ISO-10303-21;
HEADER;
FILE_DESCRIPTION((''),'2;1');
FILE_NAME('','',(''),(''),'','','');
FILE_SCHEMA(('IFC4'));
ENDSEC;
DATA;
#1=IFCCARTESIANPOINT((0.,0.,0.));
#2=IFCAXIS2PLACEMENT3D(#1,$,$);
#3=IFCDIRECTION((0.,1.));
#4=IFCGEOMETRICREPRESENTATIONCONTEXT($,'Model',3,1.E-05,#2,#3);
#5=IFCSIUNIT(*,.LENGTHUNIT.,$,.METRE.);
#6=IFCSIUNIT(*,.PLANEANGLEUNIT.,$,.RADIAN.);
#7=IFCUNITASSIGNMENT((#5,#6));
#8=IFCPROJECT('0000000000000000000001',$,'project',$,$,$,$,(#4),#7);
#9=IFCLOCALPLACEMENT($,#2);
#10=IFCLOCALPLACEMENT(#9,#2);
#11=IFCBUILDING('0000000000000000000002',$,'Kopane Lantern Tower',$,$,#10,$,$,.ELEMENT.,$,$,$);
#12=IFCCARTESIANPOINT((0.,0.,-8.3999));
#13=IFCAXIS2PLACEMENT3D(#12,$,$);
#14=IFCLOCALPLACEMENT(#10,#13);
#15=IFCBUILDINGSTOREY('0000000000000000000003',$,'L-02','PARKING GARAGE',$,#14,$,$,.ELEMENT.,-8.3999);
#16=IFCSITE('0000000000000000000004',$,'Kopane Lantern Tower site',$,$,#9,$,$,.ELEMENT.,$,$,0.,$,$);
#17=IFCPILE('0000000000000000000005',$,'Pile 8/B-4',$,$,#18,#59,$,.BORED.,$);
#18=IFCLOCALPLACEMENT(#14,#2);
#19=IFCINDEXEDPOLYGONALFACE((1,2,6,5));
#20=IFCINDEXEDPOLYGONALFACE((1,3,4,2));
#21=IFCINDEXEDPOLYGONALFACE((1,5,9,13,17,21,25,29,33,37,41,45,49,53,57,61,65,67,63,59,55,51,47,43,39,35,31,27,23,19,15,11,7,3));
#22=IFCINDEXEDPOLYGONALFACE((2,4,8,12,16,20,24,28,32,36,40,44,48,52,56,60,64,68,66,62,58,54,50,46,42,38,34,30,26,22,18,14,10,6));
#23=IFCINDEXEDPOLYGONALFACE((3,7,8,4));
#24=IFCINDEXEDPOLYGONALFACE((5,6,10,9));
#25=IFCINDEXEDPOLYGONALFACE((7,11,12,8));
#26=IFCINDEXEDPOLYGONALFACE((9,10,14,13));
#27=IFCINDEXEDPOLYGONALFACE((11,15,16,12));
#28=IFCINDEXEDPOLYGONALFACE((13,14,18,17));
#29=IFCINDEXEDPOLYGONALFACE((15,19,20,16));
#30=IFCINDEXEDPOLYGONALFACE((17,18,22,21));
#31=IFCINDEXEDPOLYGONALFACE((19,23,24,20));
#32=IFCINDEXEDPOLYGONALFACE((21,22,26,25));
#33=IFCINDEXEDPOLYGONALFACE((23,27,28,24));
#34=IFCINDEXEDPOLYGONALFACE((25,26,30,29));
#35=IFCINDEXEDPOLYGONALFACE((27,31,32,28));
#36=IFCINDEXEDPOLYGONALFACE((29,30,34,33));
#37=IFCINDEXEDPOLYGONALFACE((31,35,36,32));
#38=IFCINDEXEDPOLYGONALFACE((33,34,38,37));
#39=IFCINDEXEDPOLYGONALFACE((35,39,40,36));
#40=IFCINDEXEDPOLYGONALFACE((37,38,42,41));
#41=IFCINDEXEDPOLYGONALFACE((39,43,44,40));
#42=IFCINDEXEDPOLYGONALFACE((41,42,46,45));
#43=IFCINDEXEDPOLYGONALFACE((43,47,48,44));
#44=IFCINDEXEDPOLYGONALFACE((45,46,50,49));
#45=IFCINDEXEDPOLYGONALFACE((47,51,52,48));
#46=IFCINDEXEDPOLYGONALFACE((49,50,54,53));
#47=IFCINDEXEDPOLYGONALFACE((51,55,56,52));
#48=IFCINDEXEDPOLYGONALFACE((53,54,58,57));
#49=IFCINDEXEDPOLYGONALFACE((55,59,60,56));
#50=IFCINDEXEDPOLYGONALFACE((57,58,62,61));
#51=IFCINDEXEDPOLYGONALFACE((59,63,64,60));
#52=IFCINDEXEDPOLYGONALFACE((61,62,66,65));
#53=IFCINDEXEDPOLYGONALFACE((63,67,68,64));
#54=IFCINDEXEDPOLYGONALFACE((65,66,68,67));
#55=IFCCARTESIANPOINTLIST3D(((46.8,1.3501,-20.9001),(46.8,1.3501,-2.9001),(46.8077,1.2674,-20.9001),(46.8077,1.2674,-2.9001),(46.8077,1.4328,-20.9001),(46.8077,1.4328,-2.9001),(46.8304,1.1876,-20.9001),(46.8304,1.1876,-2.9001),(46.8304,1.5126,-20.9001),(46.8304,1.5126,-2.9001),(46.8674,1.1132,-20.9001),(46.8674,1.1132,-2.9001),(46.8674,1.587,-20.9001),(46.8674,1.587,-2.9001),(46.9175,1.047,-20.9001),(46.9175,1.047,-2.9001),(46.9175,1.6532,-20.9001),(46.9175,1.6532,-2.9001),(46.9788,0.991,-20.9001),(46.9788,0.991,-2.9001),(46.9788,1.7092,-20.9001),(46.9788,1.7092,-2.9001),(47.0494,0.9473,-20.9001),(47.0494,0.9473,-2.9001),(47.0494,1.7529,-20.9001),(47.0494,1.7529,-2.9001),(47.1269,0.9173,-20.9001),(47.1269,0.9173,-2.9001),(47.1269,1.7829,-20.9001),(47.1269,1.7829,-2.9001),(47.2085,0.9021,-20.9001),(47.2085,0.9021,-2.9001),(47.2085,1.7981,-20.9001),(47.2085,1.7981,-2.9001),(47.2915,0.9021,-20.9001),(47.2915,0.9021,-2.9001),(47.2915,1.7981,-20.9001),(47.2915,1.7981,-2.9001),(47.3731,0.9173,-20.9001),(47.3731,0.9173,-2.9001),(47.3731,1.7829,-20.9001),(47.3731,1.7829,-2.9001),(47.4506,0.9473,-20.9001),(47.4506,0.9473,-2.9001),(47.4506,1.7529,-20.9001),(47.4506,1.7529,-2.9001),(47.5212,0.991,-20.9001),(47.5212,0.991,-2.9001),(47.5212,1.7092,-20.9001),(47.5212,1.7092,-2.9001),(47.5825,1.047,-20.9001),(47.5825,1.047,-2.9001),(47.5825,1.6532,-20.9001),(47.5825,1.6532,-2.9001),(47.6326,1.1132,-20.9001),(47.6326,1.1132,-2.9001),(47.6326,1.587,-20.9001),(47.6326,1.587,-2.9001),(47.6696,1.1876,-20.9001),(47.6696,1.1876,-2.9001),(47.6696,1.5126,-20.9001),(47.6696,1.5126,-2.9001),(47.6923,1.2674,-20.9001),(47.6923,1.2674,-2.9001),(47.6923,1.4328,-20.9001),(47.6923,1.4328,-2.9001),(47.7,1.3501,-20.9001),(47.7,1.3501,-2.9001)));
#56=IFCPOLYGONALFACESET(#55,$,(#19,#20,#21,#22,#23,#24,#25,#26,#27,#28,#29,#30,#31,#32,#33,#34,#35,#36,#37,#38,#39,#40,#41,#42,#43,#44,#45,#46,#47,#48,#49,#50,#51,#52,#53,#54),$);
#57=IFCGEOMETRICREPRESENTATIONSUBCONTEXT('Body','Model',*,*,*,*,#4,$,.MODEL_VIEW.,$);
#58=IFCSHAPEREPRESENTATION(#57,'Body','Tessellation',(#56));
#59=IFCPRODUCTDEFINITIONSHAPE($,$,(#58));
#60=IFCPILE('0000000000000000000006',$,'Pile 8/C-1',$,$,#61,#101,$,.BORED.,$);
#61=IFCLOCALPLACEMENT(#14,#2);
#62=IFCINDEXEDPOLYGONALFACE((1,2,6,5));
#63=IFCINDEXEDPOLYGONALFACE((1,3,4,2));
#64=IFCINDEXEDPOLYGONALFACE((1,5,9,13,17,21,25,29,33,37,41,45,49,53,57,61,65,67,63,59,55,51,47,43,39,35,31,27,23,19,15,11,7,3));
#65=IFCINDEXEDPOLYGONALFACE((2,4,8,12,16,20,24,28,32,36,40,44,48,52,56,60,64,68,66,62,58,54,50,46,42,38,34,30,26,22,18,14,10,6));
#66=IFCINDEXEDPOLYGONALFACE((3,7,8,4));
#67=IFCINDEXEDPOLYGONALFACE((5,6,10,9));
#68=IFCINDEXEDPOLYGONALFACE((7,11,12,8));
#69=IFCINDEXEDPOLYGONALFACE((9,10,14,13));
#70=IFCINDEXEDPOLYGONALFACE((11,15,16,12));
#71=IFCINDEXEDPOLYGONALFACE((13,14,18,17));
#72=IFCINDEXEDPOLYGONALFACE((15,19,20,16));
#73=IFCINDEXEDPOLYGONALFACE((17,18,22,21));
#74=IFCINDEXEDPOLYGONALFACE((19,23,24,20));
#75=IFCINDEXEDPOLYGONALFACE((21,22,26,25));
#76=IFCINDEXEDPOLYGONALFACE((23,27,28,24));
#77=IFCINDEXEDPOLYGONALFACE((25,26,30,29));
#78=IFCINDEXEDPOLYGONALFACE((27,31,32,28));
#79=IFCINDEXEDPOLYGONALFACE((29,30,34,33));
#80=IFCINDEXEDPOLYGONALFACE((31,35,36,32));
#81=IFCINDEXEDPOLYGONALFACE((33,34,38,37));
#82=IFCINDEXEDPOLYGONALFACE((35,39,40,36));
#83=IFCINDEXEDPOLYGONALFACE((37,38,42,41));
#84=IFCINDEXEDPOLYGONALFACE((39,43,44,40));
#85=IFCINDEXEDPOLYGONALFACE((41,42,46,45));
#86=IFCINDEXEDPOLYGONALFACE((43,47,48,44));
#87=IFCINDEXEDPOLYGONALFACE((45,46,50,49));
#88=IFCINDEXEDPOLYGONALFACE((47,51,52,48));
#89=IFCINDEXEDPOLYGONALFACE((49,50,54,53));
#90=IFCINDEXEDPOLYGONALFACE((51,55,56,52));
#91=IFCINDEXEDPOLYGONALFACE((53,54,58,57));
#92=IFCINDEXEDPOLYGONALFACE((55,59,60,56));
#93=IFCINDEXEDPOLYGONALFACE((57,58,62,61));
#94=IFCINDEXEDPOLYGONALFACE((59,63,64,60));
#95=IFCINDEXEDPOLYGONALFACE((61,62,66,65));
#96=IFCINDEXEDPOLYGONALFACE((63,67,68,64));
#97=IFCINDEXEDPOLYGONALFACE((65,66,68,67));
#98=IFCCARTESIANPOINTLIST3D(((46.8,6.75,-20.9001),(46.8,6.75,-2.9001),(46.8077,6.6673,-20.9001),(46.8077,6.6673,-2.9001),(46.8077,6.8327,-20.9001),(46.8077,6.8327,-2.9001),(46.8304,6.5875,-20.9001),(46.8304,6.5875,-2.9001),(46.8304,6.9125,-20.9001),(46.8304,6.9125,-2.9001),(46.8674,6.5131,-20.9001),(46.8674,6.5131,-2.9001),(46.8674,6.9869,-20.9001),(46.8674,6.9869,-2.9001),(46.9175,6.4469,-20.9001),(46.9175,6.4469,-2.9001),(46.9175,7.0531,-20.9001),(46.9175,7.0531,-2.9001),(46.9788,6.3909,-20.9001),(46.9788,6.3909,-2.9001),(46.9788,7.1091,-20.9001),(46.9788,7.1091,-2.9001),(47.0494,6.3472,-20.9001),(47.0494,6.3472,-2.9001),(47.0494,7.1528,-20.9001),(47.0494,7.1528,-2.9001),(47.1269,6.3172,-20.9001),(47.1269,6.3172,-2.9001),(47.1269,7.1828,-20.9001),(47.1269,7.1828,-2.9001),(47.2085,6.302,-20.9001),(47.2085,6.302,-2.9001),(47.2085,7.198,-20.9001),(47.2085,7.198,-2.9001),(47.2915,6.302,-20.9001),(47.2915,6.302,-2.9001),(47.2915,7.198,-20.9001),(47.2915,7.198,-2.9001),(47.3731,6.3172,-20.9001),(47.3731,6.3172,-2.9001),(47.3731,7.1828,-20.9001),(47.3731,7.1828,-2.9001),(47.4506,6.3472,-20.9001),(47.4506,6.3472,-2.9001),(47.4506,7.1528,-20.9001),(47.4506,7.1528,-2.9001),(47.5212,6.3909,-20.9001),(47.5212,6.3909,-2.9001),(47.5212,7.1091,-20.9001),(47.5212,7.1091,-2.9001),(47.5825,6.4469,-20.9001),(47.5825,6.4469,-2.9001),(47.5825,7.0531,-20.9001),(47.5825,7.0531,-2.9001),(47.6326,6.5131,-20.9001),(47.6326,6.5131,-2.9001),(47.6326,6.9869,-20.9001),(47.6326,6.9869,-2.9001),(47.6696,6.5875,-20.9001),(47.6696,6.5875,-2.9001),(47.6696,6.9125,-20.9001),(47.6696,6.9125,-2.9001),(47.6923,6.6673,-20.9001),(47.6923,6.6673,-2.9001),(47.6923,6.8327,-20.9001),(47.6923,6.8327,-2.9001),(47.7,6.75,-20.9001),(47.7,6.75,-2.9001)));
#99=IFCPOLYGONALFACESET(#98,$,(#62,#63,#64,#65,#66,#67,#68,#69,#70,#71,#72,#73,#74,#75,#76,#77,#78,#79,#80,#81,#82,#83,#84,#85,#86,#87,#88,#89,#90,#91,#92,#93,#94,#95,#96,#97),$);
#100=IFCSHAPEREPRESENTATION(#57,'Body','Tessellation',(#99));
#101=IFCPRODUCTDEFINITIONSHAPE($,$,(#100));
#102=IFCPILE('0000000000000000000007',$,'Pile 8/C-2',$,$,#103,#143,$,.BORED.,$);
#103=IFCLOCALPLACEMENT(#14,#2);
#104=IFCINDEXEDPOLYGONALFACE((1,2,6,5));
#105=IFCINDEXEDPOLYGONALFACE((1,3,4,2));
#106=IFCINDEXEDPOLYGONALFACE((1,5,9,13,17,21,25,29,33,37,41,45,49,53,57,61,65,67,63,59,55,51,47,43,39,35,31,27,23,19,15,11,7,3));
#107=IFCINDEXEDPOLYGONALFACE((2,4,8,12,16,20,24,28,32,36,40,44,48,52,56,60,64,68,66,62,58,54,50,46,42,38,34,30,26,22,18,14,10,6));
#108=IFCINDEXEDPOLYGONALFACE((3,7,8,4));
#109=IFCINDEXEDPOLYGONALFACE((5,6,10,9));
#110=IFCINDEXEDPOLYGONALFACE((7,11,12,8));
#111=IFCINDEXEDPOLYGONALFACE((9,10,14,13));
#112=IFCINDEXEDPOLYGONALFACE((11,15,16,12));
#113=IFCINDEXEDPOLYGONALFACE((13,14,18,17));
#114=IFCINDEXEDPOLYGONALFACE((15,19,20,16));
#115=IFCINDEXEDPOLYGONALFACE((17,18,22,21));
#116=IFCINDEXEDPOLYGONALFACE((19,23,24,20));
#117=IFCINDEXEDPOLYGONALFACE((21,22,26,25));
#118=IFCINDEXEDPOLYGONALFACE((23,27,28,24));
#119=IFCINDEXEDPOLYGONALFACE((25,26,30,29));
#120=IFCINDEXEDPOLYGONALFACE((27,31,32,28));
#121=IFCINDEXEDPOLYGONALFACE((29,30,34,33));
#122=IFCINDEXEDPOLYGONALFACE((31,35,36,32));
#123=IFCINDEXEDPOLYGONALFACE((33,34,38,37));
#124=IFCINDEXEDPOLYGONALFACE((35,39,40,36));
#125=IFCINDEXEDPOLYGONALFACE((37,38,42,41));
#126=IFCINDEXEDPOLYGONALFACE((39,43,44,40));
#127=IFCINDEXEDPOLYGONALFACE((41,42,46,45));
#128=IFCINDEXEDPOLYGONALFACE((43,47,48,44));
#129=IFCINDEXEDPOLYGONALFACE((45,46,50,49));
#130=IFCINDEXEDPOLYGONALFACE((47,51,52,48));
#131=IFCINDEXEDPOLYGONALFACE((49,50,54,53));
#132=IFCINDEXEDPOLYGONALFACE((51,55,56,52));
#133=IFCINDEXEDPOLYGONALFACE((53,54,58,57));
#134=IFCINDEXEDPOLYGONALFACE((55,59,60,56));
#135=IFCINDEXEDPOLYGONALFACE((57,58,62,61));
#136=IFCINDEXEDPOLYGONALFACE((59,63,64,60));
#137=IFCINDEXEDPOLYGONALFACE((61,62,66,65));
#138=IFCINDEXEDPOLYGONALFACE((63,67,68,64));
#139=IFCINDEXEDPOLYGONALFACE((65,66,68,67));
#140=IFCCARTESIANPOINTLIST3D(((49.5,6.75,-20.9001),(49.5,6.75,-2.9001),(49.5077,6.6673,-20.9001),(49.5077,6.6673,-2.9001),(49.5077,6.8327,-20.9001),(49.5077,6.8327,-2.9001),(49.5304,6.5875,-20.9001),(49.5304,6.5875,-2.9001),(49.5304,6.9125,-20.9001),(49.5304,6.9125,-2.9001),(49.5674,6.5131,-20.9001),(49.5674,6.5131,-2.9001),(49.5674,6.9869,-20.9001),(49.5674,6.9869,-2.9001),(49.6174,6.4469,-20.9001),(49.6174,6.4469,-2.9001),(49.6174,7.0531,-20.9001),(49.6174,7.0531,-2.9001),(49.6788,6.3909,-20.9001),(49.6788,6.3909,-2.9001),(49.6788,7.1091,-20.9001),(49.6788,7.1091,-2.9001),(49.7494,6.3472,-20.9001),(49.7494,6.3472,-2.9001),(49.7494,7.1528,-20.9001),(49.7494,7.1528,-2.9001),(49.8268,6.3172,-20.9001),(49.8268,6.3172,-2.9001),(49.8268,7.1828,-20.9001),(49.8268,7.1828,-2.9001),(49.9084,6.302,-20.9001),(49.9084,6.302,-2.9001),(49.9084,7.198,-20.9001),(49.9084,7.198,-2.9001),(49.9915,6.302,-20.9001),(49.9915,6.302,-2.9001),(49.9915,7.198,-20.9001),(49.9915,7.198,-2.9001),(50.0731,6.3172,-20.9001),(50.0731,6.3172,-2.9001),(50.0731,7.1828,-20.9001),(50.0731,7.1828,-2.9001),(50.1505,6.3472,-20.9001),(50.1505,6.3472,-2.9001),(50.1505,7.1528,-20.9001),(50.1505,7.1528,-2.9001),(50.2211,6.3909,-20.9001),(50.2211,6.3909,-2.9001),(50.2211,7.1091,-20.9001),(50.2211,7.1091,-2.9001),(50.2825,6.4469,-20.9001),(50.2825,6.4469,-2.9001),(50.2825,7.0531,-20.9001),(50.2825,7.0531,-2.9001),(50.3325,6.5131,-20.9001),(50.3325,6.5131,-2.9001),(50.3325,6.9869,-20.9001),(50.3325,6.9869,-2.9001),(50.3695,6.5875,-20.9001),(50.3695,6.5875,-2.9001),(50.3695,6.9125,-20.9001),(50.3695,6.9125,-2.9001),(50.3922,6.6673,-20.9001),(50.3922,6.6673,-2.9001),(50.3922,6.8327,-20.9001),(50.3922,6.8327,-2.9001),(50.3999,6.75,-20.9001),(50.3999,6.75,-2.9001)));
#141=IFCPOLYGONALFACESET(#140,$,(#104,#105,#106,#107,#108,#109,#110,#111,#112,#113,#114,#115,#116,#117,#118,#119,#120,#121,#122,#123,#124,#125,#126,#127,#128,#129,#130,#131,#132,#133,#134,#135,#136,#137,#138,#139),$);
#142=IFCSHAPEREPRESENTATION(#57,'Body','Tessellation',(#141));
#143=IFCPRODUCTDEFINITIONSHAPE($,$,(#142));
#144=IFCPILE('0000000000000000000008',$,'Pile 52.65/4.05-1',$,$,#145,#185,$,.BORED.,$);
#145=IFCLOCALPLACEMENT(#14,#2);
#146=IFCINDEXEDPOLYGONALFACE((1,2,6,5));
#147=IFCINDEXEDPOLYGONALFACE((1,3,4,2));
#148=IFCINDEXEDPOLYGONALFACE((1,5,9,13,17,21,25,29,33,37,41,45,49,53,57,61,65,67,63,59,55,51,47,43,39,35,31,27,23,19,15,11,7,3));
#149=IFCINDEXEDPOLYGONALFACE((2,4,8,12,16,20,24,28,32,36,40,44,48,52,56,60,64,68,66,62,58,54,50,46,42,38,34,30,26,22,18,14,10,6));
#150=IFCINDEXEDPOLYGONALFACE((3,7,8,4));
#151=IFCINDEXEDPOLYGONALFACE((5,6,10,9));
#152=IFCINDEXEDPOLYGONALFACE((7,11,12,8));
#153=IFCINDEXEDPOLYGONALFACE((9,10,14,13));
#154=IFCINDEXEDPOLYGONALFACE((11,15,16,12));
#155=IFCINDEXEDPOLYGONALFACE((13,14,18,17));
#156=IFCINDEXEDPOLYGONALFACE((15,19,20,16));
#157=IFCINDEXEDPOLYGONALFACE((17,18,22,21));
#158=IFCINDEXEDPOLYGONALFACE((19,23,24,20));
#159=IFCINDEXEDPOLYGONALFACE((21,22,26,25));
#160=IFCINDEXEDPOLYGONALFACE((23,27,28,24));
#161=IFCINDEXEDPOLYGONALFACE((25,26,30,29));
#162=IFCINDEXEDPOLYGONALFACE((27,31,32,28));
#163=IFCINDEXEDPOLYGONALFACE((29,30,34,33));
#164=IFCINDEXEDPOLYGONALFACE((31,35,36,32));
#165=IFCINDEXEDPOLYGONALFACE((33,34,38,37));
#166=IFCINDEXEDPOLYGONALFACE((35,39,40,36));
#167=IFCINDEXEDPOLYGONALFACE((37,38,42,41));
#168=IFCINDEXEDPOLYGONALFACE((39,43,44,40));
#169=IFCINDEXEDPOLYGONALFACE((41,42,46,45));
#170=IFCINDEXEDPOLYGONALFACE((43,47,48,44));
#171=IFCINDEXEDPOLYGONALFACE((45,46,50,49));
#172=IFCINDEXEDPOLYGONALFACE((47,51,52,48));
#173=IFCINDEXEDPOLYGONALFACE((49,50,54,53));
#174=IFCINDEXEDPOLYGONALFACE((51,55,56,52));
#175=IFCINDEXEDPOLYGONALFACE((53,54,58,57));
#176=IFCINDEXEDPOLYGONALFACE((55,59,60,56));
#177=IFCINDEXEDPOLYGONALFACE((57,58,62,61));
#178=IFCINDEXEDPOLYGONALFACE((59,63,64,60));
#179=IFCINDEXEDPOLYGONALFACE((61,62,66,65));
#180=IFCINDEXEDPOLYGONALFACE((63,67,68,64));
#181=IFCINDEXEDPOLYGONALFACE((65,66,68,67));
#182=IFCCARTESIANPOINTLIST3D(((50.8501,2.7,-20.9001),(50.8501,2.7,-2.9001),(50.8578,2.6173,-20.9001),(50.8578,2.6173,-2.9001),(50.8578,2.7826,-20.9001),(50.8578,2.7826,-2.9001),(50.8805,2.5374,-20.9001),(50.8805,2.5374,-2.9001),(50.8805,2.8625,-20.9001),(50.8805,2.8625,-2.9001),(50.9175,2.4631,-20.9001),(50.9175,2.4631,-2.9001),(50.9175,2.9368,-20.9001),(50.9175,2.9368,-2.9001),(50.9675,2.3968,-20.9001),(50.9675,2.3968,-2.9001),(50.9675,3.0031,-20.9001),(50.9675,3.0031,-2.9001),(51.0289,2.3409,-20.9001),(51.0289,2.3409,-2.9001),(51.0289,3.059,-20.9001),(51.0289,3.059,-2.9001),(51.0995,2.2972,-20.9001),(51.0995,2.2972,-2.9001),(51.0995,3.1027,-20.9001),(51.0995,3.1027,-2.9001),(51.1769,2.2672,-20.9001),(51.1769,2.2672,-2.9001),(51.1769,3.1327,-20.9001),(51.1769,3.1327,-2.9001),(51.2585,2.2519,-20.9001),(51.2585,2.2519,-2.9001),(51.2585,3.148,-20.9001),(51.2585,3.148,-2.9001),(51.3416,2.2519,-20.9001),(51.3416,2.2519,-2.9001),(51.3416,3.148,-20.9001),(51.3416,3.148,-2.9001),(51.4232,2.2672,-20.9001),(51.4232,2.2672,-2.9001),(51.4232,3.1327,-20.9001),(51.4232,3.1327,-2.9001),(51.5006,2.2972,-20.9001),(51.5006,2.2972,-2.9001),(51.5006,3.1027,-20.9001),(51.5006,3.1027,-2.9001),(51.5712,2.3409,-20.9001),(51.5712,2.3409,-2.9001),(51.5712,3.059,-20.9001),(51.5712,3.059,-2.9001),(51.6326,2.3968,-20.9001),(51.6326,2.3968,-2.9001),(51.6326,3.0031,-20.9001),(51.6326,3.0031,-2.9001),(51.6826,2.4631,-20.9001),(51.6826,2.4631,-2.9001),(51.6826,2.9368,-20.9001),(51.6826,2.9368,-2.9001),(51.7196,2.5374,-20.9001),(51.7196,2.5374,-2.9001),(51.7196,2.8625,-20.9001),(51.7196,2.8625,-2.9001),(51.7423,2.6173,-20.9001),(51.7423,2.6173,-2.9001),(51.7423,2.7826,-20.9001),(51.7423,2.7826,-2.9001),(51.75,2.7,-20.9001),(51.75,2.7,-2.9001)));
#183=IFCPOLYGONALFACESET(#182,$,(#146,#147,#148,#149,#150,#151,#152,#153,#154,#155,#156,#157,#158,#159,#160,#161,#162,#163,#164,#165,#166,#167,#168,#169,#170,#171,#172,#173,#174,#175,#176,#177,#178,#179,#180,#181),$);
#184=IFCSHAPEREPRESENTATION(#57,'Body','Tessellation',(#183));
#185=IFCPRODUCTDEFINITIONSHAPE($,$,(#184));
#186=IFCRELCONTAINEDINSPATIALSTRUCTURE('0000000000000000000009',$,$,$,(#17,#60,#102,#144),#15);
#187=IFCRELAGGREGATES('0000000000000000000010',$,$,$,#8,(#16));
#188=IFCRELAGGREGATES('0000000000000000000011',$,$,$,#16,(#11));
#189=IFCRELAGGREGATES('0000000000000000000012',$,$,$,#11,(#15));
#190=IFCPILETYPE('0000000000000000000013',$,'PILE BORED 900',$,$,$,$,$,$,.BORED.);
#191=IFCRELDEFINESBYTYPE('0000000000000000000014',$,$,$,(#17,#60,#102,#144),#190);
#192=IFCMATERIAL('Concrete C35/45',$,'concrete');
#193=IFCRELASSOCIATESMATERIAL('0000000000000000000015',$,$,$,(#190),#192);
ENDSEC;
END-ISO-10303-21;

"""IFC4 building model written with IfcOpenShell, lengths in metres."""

from ifc_helpers import new_model, si_unit, direction, frame, origin, origin_2d, place, context, subcontext, project, spatial, circle, extrude, material, material_profile, profile_set, type_object, element, save


model = new_model("IFC4")

# Units and contexts
model_context = context("Model", 3, precision=1e-05, world=origin(), true_north=direction((0.0, 1.0)))
body_context = subcontext(model_context, "Body", "Model", "MODEL_VIEW")
ifc_project = project(units=[si_unit("LENGTHUNIT", "METRE"), si_unit("PLANEANGLEUNIT", "RADIAN")], contexts=[model_context])

# Site, building, storey
site_placement = place(None, origin())
site = spatial("IfcSite", under=ifc_project, at=site_placement, Name="Kopane Lantern Tower site", CompositionType="ELEMENT", RefElevation=0.0)
building_placement = place(site_placement, origin())
building = spatial("IfcBuilding", under=site, at=building_placement, Name="Kopane Lantern Tower", CompositionType="ELEMENT")
storey_placement = place(building_placement, frame((0.0, 0.0, -8.3999)))
storey = spatial("IfcBuildingStorey", under=building, at=storey_placement, Name="L-02", Description="PARKING GARAGE", CompositionType="ELEMENT", Elevation=-8.3999)

# Piles
ifc_material_1 = material(Name="Concrete C35/45", Category="concrete")
ifc_material_profile_1 = material_profile(ifc_material_1, circle(Radius=0.45, at=origin_2d()), Name="D900")
ifc_profile_set_1 = profile_set([ifc_material_profile_1], Name="Concrete C35/45")
pile_type = type_object("IfcPileType", Name="PILE BORED 900", PredefinedType="BORED", material=ifc_profile_set_1)
for number, where, z_axis, x_axis, name in (
    (1, (47.25, 1.3501, -2.9001), (0.0, 0.0, -1.0), (1.0, 0.0, 0.0), "Pile 8/B-4"),
    (2, (47.25, 6.75, -2.9001), (0.0, 0.0, -1.0), (1.0, 0.0, 0.0), "Pile 8/C-1"),
    (3, (49.95, 6.75, -2.9001), (0.0, 0.0, -1.0), (1.0, 0.0, 0.0), "Pile 8/C-2"),
    (4, (51.3, 2.7, -2.9001), (0.0, 0.0, -1.0), (1.0, 0.0, 0.0), "Pile 52.65/4.05-1"),
):
    element("IfcPile", number, at=place(storey_placement, frame(where, z_axis=z_axis, x_axis=x_axis)), inside=storey, type_object=pile_type, Name=name, PredefinedType="BORED", context=body_context, shape_type="SweptSolid", body=[
        extrude(circle(Radius=0.45, at=origin_2d()), origin(), (0.0, 0.0, 1.0), 18.0),
    ])

save(model, "model.ifc")
